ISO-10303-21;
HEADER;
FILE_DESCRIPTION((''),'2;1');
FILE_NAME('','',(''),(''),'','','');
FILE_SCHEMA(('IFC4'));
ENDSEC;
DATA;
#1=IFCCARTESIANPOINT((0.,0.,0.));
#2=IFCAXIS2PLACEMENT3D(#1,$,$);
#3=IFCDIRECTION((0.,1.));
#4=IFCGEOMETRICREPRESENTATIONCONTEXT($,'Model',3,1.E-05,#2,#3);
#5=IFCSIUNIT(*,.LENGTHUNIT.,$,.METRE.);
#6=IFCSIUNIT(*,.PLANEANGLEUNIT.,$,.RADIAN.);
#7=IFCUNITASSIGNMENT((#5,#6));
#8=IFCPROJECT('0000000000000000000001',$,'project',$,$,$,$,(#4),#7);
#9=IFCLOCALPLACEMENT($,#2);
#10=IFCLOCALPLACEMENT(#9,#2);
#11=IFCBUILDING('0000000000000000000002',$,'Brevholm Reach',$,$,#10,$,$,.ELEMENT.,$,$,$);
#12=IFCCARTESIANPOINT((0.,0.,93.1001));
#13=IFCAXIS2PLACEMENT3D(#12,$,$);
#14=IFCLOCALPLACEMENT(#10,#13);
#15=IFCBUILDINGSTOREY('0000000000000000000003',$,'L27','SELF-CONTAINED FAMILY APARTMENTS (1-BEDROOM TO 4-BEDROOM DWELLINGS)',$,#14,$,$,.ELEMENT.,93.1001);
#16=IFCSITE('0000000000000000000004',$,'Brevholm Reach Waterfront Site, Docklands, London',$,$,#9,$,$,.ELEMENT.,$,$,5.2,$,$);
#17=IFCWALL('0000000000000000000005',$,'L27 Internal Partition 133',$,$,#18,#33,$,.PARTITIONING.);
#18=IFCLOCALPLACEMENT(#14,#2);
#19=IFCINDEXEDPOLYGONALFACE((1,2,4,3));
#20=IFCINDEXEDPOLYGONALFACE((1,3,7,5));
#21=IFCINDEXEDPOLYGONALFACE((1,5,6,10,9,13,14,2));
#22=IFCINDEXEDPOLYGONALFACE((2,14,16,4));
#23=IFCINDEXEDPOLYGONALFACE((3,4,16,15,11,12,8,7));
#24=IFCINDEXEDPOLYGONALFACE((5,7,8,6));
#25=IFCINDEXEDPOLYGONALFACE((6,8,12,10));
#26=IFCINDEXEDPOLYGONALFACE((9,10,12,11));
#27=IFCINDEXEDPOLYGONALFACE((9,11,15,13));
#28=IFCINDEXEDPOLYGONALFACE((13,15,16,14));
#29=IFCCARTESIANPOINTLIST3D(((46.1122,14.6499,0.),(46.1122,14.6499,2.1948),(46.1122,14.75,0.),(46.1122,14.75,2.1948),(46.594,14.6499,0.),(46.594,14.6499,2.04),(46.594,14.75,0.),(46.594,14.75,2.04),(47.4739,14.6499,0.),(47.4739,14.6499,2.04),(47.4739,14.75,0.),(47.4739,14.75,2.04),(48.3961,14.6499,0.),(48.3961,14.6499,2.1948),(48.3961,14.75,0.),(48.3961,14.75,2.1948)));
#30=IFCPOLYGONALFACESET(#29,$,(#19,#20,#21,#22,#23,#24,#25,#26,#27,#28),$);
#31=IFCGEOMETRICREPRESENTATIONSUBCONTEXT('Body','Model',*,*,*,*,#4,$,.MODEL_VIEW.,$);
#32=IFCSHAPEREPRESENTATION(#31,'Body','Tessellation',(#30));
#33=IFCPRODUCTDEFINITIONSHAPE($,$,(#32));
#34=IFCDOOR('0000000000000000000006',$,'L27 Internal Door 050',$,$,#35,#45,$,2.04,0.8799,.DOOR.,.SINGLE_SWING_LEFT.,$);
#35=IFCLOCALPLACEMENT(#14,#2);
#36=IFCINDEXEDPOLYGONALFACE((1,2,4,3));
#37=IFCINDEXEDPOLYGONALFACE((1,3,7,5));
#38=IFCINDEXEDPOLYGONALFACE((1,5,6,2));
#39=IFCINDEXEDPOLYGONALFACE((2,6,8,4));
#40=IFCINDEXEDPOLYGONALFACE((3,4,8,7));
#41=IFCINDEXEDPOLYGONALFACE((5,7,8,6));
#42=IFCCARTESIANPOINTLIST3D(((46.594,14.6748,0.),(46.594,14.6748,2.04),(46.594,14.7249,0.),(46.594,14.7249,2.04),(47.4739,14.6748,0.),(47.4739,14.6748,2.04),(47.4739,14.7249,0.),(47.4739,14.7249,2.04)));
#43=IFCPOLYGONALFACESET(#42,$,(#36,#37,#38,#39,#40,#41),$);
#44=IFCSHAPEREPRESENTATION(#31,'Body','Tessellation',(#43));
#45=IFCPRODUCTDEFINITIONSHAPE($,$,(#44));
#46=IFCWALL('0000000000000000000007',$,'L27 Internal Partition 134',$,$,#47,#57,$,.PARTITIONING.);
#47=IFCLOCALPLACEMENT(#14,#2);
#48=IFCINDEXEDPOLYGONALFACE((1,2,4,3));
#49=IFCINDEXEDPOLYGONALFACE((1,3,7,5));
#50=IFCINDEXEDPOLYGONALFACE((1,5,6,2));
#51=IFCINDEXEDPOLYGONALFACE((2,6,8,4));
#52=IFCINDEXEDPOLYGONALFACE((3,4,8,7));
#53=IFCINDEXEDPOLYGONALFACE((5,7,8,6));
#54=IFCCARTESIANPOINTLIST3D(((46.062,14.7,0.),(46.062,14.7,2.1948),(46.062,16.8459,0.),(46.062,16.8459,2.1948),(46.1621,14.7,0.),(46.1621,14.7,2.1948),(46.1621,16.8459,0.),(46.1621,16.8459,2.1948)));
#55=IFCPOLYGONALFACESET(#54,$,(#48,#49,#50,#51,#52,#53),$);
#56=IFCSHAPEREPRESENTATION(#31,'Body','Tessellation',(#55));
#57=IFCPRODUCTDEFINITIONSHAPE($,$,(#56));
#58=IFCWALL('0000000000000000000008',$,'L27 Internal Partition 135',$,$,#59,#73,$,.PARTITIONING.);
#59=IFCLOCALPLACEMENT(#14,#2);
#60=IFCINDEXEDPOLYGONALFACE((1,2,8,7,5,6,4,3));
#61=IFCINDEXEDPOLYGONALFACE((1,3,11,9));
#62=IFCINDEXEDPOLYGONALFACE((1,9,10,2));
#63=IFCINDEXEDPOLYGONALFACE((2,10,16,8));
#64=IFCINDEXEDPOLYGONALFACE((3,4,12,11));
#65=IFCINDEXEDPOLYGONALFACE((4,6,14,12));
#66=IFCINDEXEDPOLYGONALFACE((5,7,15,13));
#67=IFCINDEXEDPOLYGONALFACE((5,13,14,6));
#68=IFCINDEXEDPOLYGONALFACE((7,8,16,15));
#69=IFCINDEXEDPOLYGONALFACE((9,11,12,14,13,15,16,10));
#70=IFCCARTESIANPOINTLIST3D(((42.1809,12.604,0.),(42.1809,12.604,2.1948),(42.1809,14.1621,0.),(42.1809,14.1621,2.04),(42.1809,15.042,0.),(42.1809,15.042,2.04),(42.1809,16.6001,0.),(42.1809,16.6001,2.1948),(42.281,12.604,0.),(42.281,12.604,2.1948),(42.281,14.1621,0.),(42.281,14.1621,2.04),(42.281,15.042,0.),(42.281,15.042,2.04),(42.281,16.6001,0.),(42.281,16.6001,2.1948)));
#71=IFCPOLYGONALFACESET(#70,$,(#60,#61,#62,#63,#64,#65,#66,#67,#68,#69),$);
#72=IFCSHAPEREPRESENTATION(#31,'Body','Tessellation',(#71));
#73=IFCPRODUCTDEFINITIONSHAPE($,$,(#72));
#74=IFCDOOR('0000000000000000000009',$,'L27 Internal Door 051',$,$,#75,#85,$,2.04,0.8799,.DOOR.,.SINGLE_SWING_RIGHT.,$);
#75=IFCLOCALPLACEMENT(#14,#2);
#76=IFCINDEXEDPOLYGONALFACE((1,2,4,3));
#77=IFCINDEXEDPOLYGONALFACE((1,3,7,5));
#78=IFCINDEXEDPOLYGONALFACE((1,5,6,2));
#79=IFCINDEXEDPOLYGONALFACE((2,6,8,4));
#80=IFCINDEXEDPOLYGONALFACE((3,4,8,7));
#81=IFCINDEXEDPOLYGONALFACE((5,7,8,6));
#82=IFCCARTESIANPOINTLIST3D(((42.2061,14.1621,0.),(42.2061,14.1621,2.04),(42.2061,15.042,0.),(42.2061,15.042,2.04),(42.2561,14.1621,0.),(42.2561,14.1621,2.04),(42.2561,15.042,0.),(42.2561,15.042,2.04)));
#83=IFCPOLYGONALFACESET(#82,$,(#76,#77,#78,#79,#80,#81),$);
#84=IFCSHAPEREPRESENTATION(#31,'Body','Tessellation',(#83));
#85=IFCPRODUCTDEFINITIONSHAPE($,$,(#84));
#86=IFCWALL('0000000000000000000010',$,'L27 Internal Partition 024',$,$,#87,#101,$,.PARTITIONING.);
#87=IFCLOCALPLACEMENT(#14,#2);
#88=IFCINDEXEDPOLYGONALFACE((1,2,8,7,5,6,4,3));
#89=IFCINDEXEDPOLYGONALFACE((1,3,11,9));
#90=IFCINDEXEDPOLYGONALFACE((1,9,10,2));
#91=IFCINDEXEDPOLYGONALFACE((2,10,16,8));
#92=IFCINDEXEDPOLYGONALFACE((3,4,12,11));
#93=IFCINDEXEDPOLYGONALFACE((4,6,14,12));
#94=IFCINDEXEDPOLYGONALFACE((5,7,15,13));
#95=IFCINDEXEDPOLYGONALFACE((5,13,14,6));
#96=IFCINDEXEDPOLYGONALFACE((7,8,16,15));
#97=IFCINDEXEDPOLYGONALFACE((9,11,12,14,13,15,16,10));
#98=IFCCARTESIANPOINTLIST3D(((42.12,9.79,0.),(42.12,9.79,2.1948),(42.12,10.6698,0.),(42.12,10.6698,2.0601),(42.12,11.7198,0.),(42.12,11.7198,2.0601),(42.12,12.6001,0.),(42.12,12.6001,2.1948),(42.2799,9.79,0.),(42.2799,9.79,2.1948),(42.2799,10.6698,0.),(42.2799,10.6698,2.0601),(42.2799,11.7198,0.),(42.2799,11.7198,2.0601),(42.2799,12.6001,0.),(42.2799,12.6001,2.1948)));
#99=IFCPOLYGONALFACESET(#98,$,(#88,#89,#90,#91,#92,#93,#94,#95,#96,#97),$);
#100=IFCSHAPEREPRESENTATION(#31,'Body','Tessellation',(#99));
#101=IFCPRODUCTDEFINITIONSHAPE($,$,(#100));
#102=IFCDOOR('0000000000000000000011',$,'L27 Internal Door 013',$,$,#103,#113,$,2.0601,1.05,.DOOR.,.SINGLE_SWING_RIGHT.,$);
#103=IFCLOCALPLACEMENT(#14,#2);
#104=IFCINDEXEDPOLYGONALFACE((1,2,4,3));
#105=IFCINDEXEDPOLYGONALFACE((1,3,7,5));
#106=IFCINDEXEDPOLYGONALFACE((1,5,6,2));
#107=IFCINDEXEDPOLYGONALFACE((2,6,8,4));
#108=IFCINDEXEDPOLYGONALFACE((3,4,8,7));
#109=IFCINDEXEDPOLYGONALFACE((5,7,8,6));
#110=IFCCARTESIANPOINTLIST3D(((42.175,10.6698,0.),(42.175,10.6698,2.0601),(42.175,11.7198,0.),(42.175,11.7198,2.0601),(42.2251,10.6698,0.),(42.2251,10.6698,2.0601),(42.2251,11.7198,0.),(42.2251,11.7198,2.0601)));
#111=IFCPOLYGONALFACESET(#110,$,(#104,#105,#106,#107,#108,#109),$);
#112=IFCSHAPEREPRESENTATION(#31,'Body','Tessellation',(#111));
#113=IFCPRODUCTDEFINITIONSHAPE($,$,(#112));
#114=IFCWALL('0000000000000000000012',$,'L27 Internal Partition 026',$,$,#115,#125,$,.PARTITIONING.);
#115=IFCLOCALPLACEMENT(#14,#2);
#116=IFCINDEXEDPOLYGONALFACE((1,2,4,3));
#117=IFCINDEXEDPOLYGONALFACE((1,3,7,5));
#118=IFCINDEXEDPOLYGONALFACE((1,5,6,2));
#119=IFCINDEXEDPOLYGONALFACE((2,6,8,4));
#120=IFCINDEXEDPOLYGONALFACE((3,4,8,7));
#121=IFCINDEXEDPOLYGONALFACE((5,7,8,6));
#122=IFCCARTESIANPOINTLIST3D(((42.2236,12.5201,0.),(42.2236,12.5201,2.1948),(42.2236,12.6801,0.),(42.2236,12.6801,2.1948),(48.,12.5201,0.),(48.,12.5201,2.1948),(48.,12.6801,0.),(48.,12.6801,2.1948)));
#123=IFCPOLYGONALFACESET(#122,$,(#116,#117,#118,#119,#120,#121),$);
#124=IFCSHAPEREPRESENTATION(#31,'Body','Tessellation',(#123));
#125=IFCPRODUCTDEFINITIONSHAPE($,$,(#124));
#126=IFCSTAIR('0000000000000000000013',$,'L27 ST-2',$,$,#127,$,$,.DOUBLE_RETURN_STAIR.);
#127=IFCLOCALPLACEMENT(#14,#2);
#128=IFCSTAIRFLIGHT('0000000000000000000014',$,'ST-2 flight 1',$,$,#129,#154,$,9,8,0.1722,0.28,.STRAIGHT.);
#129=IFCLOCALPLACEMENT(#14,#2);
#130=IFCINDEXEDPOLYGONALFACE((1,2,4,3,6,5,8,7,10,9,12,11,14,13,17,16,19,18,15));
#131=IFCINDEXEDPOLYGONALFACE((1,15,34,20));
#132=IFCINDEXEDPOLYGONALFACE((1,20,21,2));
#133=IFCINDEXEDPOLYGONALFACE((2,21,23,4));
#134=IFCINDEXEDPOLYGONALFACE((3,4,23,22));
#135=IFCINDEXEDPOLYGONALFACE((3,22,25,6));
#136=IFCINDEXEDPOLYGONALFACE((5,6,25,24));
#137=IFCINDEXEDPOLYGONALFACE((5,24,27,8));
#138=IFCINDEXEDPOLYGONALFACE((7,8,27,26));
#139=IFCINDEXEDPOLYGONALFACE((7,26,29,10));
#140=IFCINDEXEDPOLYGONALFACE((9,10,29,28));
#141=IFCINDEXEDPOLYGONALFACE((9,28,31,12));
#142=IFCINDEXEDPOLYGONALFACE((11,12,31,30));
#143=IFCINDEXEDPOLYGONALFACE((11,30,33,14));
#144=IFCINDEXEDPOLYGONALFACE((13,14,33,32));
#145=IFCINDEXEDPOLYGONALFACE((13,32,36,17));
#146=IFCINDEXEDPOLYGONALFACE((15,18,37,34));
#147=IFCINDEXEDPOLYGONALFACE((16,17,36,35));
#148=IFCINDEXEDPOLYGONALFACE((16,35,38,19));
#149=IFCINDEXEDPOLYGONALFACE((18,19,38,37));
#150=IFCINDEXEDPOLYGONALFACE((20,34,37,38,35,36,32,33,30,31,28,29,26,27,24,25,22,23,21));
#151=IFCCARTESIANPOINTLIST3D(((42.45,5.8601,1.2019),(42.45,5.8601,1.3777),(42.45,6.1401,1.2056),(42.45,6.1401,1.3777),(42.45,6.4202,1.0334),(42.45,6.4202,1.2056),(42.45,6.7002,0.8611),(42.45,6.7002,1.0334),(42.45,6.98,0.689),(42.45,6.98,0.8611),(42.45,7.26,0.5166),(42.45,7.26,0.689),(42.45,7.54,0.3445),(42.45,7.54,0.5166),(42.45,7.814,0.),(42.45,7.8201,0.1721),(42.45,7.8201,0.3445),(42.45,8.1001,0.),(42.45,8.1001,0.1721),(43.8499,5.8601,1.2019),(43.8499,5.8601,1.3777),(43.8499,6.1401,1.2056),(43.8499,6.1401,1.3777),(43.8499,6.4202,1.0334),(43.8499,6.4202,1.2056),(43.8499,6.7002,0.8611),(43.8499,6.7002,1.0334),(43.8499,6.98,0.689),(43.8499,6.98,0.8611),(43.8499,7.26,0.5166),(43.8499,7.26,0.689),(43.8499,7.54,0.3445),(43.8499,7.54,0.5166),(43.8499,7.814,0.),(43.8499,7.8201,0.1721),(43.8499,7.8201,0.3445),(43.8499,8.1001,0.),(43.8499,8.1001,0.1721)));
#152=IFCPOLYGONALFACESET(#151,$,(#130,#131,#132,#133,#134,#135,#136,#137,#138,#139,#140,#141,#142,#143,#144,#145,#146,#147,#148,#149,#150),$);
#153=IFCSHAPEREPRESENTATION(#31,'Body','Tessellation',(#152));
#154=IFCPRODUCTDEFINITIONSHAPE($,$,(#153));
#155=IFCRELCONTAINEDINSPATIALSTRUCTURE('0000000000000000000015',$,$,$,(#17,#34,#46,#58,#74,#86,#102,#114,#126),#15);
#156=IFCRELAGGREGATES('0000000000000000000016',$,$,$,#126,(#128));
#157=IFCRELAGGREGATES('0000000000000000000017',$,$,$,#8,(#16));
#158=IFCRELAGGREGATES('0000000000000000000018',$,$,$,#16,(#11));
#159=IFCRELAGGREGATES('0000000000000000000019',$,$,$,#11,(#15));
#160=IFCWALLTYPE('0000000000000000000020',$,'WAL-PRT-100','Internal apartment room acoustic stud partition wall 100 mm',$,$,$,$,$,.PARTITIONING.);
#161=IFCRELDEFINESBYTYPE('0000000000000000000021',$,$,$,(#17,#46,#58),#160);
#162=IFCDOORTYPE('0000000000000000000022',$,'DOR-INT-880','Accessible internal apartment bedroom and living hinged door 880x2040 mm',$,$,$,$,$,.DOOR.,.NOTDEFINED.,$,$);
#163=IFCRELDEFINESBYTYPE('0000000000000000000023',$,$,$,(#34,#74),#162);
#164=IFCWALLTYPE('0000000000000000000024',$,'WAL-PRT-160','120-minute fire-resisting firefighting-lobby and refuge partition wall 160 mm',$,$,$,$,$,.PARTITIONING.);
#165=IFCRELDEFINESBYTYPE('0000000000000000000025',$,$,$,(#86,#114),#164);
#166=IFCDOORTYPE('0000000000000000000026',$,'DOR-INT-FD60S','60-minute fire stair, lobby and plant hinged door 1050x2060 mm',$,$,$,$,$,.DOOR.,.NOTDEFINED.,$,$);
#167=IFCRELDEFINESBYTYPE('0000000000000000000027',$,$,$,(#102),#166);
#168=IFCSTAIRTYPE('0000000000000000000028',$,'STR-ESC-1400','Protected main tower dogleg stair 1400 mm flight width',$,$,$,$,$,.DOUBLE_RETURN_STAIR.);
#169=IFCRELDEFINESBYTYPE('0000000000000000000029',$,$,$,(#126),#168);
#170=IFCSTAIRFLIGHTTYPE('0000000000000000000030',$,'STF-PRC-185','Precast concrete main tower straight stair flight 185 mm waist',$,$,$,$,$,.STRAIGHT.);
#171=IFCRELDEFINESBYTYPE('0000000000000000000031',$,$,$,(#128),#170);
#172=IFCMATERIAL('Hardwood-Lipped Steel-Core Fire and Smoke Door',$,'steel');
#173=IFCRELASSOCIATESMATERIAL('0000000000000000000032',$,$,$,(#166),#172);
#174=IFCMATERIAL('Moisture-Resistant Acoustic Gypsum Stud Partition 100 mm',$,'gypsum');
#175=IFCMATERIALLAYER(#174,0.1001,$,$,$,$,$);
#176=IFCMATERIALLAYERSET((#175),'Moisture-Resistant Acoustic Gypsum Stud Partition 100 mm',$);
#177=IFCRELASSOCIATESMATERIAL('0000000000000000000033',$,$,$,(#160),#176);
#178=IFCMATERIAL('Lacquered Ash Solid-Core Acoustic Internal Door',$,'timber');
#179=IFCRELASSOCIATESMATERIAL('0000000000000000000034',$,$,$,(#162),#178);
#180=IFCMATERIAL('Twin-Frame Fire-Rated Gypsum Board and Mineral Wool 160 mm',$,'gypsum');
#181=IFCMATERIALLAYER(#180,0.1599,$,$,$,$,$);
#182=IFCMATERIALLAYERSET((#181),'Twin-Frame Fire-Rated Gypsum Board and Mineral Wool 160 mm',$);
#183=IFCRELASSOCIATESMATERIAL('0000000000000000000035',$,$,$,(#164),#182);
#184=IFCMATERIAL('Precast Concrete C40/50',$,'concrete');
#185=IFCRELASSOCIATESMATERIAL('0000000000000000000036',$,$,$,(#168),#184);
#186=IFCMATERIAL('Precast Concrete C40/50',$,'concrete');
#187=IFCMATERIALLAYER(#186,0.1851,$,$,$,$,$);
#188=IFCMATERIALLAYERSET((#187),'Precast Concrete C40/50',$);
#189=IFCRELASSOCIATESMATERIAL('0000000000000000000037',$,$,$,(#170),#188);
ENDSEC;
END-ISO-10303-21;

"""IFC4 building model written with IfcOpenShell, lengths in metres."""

from ifc_helpers import new_model, si_unit, direction, frame, frame_2d, origin, place, context, subcontext, project, spatial, polyline, rectangle, outline, extrude, material, layer, layer_set, type_object, element, fill, aggregate, save


model = new_model("IFC4")

# Units and contexts
model_context = context("Model", 3, precision=1e-05, world=origin(), true_north=direction((0.0, 1.0)))
body_context = subcontext(model_context, "Body", "Model", "MODEL_VIEW")
ifc_project = project(units=[si_unit("LENGTHUNIT", "METRE"), si_unit("PLANEANGLEUNIT", "RADIAN")], contexts=[model_context])

# Site, building, storey
site_placement = place(None, origin())
site = spatial("IfcSite", under=ifc_project, at=site_placement, Name="Brevholm Reach Waterfront Site, Docklands, London", CompositionType="ELEMENT", RefElevation=5.2)
building_placement = place(site_placement, origin())
building = spatial("IfcBuilding", under=site, at=building_placement, Name="Brevholm Reach", CompositionType="ELEMENT")
storey_placement = place(building_placement, frame((0.0, 0.0, 93.1001)))
storey = spatial("IfcBuildingStorey", under=building, at=storey_placement, Name="L27", Description="SELF-CONTAINED FAMILY APARTMENTS (1-BEDROOM TO 4-BEDROOM DWELLINGS)", CompositionType="ELEMENT", Elevation=93.1001)

# Wall, opening, door
ifc_material_1 = material(Name="Hardwood-Lipped Steel-Core Fire and Smoke Door", Category="steel")
door_type_1 = type_object("IfcDoorType", Name="DOR-INT-FD60S", Description="60-minute fire stair, lobby and plant hinged door 1050x2060 mm", OperationType="NOTDEFINED", PredefinedType="DOOR", material=ifc_material_1)
ifc_material_2 = material(Name="Moisture-Resistant Acoustic Gypsum Stud Partition 100 mm", Category="gypsum")
ifc_layer_1 = layer(ifc_material_2, 0.1001)
ifc_layer_set_1 = layer_set([ifc_layer_1], Name="Moisture-Resistant Acoustic Gypsum Stud Partition 100 mm")
wall_type_1 = type_object("IfcWallType", Name="WAL-PRT-100", Description="Internal apartment room acoustic stud partition wall 100 mm", PredefinedType="PARTITIONING", material=ifc_layer_set_1)
wall_1_placement = place(storey_placement, frame((46.1121, 14.7, 0.0), z_axis=(0.0, 0.0, 1.0), x_axis=(1.0, 0.0, 0.0)))
wall_1 = element("IfcWall", 1, at=wall_1_placement, inside=storey, type_object=wall_type_1, Name="L27 Internal Partition 133", PredefinedType="PARTITIONING", context=body_context, shape_type="SweptSolid", body=[
    extrude(rectangle(XDim=2.2839, YDim=0.1001, at=frame_2d((1.1421, 0.0))), origin(), (0.0, 0.0, 1.0), 2.1948),
])
opening_1_placement = place(wall_1_placement, frame((0.4819, 0.0, 0.0)))
opening_1 = element("IfcOpeningElement", 2, at=opening_1_placement, cuts=wall_1, PredefinedType="OPENING", context=body_context, shape_type="SweptSolid", body=[
    extrude(rectangle(XDim=0.8799, YDim=2.04, at=frame_2d((0.4399, 1.02))), frame((0.0, 0.0601, 0.0), z_axis=(0.0, -1.0, 0.0), x_axis=(1.0, 0.0, 0.0)), (0.0, 0.0, 1.0), 0.1201),
])
ifc_material_3 = material(Name="Lacquered Ash Solid-Core Acoustic Internal Door", Category="timber")
door_type_2 = type_object("IfcDoorType", Name="DOR-INT-880", Description="Accessible internal apartment bedroom and living hinged door 880x2040 mm", OperationType="NOTDEFINED", PredefinedType="DOOR", material=ifc_material_3)
door_1_placement = place(opening_1_placement, origin())
door_1 = element("IfcDoor", 3, at=door_1_placement, inside=storey, type_object=door_type_2, Name="L27 Internal Door 050", OperationType="SINGLE_SWING_LEFT", OverallHeight=2.04, OverallWidth=0.8799, PredefinedType="DOOR", context=body_context, shape_type="SweptSolid", body=[
    extrude(rectangle(XDim=0.8799, YDim=2.04, at=frame_2d((0.4399, 1.02))), frame((0.0, 0.0249, 0.0), z_axis=(0.0, -1.0, 0.0), x_axis=(1.0, 0.0, 0.0)), (0.0, 0.0, 1.0), 0.05),
])
fill(opening_1, door_1)

# Wall
wall_2_placement = place(storey_placement, frame((46.1121, 14.7, 0.0), z_axis=(0.0, 0.0, 1.0), x_axis=(0.0, 1.0, 0.0)))
element("IfcWall", 4, at=wall_2_placement, inside=storey, type_object=wall_type_1, Name="L27 Internal Partition 134", PredefinedType="PARTITIONING", context=body_context, shape_type="SweptSolid", body=[
    extrude(rectangle(XDim=2.146, YDim=0.1001, at=frame_2d((1.073, 0.0))), origin(), (0.0, 0.0, 1.0), 2.1948),
])

# Walls, openings, doors
wall_3_placement = place(storey_placement, frame((42.231, 12.604, 0.0), z_axis=(0.0, 0.0, 1.0), x_axis=(0.0, 1.0, 0.0)))
wall_3 = element("IfcWall", 5, at=wall_3_placement, inside=storey, type_object=wall_type_1, Name="L27 Internal Partition 135", PredefinedType="PARTITIONING", context=body_context, shape_type="SweptSolid", body=[
    extrude(rectangle(XDim=3.9961, YDim=0.1001, at=frame_2d((1.998, 0.0))), origin(), (0.0, 0.0, 1.0), 2.1948),
])
opening_2_placement = place(wall_3_placement, frame((1.5581, 0.0, 0.0)))
opening_2 = element("IfcOpeningElement", 6, at=opening_2_placement, cuts=wall_3, PredefinedType="OPENING", context=body_context, shape_type="SweptSolid", body=[
    extrude(rectangle(XDim=0.8799, YDim=2.04, at=frame_2d((0.4399, 1.02))), frame((0.0, 0.0601, 0.0), z_axis=(0.0, -1.0, 0.0), x_axis=(1.0, 0.0, 0.0)), (0.0, 0.0, 1.0), 0.1201),
])
door_2_placement = place(opening_2_placement, origin())
door_2 = element("IfcDoor", 7, at=door_2_placement, inside=storey, type_object=door_type_2, Name="L27 Internal Door 051", OperationType="SINGLE_SWING_RIGHT", OverallHeight=2.04, OverallWidth=0.8799, PredefinedType="DOOR", context=body_context, shape_type="SweptSolid", body=[
    extrude(rectangle(XDim=0.8799, YDim=2.04, at=frame_2d((0.4399, 1.02))), frame((0.0, 0.0249, 0.0), z_axis=(0.0, -1.0, 0.0), x_axis=(1.0, 0.0, 0.0)), (0.0, 0.0, 1.0), 0.05),
])
fill(opening_2, door_2)
ifc_material_4 = material(Name="Twin-Frame Fire-Rated Gypsum Board and Mineral Wool 160 mm", Category="gypsum")
ifc_layer_2 = layer(ifc_material_4, 0.1599)
ifc_layer_set_2 = layer_set([ifc_layer_2], Name="Twin-Frame Fire-Rated Gypsum Board and Mineral Wool 160 mm")
wall_type_2 = type_object("IfcWallType", Name="WAL-PRT-160", Description="120-minute fire-resisting firefighting-lobby and refuge partition wall 160 mm", PredefinedType="PARTITIONING", material=ifc_layer_set_2)
wall_4_placement = place(storey_placement, frame((42.2, 9.79, 0.0), z_axis=(0.0, 0.0, 1.0), x_axis=(0.0, 1.0, 0.0)))
wall_4 = element("IfcWall", 8, at=wall_4_placement, inside=storey, type_object=wall_type_2, Name="L27 Internal Partition 024", PredefinedType="PARTITIONING", context=body_context, shape_type="SweptSolid", body=[
    extrude(rectangle(XDim=2.8101, YDim=0.1599, at=frame_2d((1.405, 0.0))), origin(), (0.0, 0.0, 1.0), 2.1948),
])
opening_3_placement = place(wall_4_placement, frame((0.8799, 0.0, 0.0)))
opening_3 = element("IfcOpeningElement", 9, at=opening_3_placement, cuts=wall_4, PredefinedType="OPENING", context=body_context, shape_type="SweptSolid", body=[
    extrude(rectangle(XDim=1.05, YDim=2.0601, at=frame_2d((0.5249, 1.03))), frame((0.0, 0.0898, 0.0), z_axis=(0.0, -1.0, 0.0), x_axis=(1.0, 0.0, 0.0)), (0.0, 0.0, 1.0), 0.1799),
])
door_3_placement = place(opening_3_placement, origin())
door_3 = element("IfcDoor", 10, at=door_3_placement, inside=storey, type_object=door_type_1, Name="L27 Internal Door 013", OperationType="SINGLE_SWING_RIGHT", OverallHeight=2.0601, OverallWidth=1.05, PredefinedType="DOOR", context=body_context, shape_type="SweptSolid", body=[
    extrude(rectangle(XDim=1.05, YDim=2.0601, at=frame_2d((0.5249, 1.03))), frame((0.0, 0.0249, 0.0), z_axis=(0.0, -1.0, 0.0), x_axis=(1.0, 0.0, 0.0)), (0.0, 0.0, 1.0), 0.05),
])
fill(opening_3, door_3)

# Wall
wall_5_placement = place(storey_placement, frame((42.2236, 12.6001, 0.0), z_axis=(0.0, 0.0, 1.0), x_axis=(1.0, 0.0, 0.0)))
element("IfcWall", 11, at=wall_5_placement, inside=storey, type_object=wall_type_2, Name="L27 Internal Partition 026", PredefinedType="PARTITIONING", context=body_context, shape_type="SweptSolid", body=[
    extrude(rectangle(XDim=5.7764, YDim=0.1599, at=frame_2d((2.8882, 0.0))), origin(), (0.0, 0.0, 1.0), 2.1948),
])

# Stair, stair flight
ifc_material_5 = material(Name="Precast Concrete C40/50", Category="concrete")
stair_type = type_object("IfcStairType", Name="STR-ESC-1400", Description="Protected main tower dogleg stair 1400 mm flight width", PredefinedType="DOUBLE_RETURN_STAIR", material=ifc_material_5)
stair_placement = place(storey_placement, origin())
stair = element("IfcStair", 12, at=stair_placement, inside=storey, type_object=stair_type, Name="L27 ST-2", PredefinedType="DOUBLE_RETURN_STAIR")
ifc_material_6 = material(Name="Precast Concrete C40/50", Category="concrete")
ifc_layer_3 = layer(ifc_material_6, 0.1851)
ifc_layer_set_3 = layer_set([ifc_layer_3], Name="Precast Concrete C40/50")
stair_flight_type = type_object("IfcStairFlightType", Name="STF-PRC-185", Description="Precast concrete main tower straight stair flight 185 mm waist", PredefinedType="STRAIGHT", material=ifc_layer_set_3)
stair_flight_placement = place(storey_placement, frame((43.1499, 8.1001, 0.0), z_axis=(0.0, 0.0, 1.0), x_axis=(0.0, -1.0, 0.0)))
stair_flight = element("IfcStairFlight", 13, at=stair_flight_placement, type_object=stair_flight_type, Name="ST-2 flight 1", NumberOfRisers=9, NumberOfTreads=8, PredefinedType="STRAIGHT", RiserHeight=0.1722, TreadLength=0.28, context=body_context, shape_type="SweptSolid", body=[
    extrude(outline(polyline([(0.0, 0.0), (0.0, 0.1721), (0.28, 0.1721), (0.28, 0.3445), (0.5601, 0.3445), (0.5601, 0.5166), (0.8401, 0.5166), (0.8401, 0.689), (1.1201, 0.689), (1.1201, 0.8611), (1.3999, 0.8611), (1.3999, 1.0334), (1.6799, 1.0334), (1.6799, 1.2056), (1.96, 1.2056), (1.96, 1.3777), (2.24, 1.3777), (2.24, 1.55), (2.24, 1.2019), (0.2861, 0.0), (0.0, 0.0)])), frame((0.0, 0.7, 0.0), z_axis=(0.0, -1.0, 0.0), x_axis=(1.0, 0.0, 0.0)), (0.0, 0.0, 1.0), 1.3999),
])
aggregate(stair, [stair_flight])

save(model, "model.ifc")
